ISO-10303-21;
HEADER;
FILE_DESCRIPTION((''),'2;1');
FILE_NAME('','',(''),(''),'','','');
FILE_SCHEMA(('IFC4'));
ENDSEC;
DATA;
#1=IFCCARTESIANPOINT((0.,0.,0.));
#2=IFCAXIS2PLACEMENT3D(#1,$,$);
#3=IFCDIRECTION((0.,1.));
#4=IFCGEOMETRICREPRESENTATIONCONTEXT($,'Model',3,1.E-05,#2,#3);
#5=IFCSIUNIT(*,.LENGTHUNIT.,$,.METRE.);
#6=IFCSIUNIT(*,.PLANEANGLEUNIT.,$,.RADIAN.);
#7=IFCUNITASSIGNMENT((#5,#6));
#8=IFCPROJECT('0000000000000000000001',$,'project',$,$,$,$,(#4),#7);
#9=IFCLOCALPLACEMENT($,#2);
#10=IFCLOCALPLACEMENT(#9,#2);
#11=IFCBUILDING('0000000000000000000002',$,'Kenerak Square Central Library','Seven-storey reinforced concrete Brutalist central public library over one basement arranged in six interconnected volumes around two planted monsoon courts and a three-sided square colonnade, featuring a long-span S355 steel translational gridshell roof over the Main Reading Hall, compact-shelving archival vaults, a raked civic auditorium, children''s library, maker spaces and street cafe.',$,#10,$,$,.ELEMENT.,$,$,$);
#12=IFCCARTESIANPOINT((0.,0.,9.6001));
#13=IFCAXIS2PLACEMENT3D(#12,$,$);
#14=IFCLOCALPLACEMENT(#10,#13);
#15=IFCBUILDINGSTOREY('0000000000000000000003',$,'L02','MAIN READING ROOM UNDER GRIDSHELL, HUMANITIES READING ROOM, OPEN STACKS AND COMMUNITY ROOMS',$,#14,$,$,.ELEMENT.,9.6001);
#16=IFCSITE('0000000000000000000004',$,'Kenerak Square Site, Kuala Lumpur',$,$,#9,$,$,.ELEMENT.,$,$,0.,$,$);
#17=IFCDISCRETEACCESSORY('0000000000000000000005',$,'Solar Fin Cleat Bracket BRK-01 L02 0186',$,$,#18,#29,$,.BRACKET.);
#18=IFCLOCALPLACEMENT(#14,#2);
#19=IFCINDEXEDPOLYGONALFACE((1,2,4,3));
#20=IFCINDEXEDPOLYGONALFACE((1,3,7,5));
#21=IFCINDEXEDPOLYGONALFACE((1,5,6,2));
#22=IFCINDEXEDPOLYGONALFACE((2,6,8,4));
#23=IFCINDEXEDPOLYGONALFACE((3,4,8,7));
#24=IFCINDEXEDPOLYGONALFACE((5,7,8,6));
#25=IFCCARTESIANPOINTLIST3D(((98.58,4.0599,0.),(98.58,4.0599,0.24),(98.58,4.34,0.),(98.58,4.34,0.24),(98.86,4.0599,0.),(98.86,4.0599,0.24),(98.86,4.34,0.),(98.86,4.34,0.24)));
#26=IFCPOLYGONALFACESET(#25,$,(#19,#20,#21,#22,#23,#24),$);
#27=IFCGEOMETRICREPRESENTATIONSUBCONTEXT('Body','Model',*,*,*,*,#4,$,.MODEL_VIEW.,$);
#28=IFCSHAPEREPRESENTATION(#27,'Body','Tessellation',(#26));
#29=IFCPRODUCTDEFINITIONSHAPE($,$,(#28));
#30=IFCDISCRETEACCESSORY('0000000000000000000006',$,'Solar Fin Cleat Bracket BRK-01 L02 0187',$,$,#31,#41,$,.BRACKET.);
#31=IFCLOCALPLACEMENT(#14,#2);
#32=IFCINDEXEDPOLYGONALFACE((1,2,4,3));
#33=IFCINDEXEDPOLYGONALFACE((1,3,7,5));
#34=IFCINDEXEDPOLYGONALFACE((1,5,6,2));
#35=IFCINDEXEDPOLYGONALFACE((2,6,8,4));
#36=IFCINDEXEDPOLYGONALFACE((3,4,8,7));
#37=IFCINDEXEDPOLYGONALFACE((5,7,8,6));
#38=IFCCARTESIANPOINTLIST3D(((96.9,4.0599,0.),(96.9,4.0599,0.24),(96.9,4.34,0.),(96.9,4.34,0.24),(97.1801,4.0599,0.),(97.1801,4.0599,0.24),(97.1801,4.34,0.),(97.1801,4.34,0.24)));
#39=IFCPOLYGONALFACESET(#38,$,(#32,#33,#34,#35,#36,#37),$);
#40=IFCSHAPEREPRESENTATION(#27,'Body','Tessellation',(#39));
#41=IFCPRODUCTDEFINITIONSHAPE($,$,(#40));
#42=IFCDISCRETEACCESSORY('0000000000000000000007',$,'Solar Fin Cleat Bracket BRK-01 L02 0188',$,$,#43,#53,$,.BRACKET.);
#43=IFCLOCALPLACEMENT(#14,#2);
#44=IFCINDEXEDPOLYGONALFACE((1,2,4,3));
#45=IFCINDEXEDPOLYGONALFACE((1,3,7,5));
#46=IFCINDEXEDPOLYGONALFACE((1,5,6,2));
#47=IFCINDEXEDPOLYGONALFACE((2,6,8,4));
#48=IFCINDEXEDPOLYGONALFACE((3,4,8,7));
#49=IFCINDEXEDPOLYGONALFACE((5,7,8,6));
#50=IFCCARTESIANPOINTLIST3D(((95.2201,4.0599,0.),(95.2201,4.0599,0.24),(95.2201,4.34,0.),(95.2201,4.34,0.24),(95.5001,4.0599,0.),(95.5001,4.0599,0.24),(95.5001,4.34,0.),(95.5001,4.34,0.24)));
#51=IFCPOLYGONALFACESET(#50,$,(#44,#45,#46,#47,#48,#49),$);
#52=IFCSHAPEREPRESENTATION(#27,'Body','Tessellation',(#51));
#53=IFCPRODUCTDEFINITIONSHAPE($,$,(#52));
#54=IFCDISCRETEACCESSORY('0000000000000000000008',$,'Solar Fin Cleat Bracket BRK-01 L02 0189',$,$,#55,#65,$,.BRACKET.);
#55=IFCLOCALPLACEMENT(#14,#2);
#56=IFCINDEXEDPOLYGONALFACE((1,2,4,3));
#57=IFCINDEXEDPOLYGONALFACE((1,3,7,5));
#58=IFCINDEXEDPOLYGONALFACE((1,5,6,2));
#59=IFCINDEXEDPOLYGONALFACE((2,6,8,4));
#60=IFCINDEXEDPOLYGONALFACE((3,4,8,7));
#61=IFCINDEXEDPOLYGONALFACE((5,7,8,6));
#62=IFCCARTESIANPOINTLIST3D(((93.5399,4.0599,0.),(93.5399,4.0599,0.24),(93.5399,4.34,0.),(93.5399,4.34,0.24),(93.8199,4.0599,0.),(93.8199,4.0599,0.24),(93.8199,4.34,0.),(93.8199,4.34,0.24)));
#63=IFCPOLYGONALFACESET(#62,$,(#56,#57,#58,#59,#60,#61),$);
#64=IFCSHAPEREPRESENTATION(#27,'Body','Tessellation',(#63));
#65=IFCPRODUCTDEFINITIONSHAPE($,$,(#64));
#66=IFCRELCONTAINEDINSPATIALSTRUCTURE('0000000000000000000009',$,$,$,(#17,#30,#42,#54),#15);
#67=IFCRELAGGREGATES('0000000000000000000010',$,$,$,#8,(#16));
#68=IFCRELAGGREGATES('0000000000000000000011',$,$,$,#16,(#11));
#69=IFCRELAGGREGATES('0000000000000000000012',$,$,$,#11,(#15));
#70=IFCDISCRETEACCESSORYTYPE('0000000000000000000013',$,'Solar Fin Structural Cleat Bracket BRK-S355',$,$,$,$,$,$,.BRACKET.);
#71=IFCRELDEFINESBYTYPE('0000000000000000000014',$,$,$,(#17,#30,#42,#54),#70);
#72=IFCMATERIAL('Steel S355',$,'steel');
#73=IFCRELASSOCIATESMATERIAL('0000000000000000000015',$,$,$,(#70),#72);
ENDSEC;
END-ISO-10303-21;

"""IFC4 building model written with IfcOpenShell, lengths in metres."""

from ifc_helpers import new_model, si_unit, direction, frame, origin, origin_2d, place, context, subcontext, project, spatial, rectangle, extrude, material, type_object, element, save


model = new_model("IFC4")

# Units and contexts
model_context = context("Model", 3, precision=1e-05, world=origin(), true_north=direction((0.0, 1.0)))
body_context = subcontext(model_context, "Body", "Model", "MODEL_VIEW")
ifc_project = project(units=[si_unit("LENGTHUNIT", "METRE"), si_unit("PLANEANGLEUNIT", "RADIAN")], contexts=[model_context])

# Site, building, storey
site_placement = place(None, origin())
site = spatial("IfcSite", under=ifc_project, at=site_placement, Name="Kenerak Square Site, Kuala Lumpur", CompositionType="ELEMENT", RefElevation=0.0)
building_placement = place(site_placement, origin())
building = spatial("IfcBuilding", under=site, at=building_placement, Name="Kenerak Square Central Library", Description="Seven-storey reinforced concrete Brutalist central public library over one basement arranged in six interconnected volumes around two planted monsoon courts and a three-sided square colonnade, featuring a long-span S355 steel translational gridshell roof over the Main Reading Hall, compact-shelving archival vaults, a raked civic auditorium, children's library, maker spaces and street cafe.", CompositionType="ELEMENT")
storey_placement = place(building_placement, frame((0.0, 0.0, 9.6001)))
storey = spatial("IfcBuildingStorey", under=building, at=storey_placement, Name="L02", Description="MAIN READING ROOM UNDER GRIDSHELL, HUMANITIES READING ROOM, OPEN STACKS AND COMMUNITY ROOMS", CompositionType="ELEMENT", Elevation=9.6001)

# Shared definitions
ifc_material_1 = material(Name="Steel S355", Category="steel")

# Discrete accessories
discrete_accessory_type = type_object("IfcDiscreteAccessoryType", Name="Solar Fin Structural Cleat Bracket BRK-S355", PredefinedType="BRACKET", material=ifc_material_1)
for number, where, z_axis, x_axis, name in (
    (1, (98.72, 4.2, 0.0), (0.0, 0.0, 1.0), (-1.0, 0.0, 0.0), "Solar Fin Cleat Bracket BRK-01 L02 0186"),
    (2, (97.04, 4.2, 0.0), (0.0, 0.0, 1.0), (-1.0, 0.0, 0.0), "Solar Fin Cleat Bracket BRK-01 L02 0187"),
    (3, (95.3601, 4.2, 0.0), (0.0, 0.0, 1.0), (-1.0, 0.0, 0.0), "Solar Fin Cleat Bracket BRK-01 L02 0188"),
    (4, (93.6799, 4.2, 0.0), (0.0, 0.0, 1.0), (-1.0, 0.0, 0.0), "Solar Fin Cleat Bracket BRK-01 L02 0189"),
):
    element("IfcDiscreteAccessory", number, at=place(storey_placement, frame(where, z_axis=z_axis, x_axis=x_axis)), inside=storey, type_object=discrete_accessory_type, Name=name, PredefinedType="BRACKET", context=body_context, shape_type="SweptSolid", body=[
        extrude(rectangle(XDim=0.28, YDim=0.28, at=origin_2d()), origin(), (0.0, 0.0, 1.0), 0.24),
    ])

save(model, "model.ifc")
